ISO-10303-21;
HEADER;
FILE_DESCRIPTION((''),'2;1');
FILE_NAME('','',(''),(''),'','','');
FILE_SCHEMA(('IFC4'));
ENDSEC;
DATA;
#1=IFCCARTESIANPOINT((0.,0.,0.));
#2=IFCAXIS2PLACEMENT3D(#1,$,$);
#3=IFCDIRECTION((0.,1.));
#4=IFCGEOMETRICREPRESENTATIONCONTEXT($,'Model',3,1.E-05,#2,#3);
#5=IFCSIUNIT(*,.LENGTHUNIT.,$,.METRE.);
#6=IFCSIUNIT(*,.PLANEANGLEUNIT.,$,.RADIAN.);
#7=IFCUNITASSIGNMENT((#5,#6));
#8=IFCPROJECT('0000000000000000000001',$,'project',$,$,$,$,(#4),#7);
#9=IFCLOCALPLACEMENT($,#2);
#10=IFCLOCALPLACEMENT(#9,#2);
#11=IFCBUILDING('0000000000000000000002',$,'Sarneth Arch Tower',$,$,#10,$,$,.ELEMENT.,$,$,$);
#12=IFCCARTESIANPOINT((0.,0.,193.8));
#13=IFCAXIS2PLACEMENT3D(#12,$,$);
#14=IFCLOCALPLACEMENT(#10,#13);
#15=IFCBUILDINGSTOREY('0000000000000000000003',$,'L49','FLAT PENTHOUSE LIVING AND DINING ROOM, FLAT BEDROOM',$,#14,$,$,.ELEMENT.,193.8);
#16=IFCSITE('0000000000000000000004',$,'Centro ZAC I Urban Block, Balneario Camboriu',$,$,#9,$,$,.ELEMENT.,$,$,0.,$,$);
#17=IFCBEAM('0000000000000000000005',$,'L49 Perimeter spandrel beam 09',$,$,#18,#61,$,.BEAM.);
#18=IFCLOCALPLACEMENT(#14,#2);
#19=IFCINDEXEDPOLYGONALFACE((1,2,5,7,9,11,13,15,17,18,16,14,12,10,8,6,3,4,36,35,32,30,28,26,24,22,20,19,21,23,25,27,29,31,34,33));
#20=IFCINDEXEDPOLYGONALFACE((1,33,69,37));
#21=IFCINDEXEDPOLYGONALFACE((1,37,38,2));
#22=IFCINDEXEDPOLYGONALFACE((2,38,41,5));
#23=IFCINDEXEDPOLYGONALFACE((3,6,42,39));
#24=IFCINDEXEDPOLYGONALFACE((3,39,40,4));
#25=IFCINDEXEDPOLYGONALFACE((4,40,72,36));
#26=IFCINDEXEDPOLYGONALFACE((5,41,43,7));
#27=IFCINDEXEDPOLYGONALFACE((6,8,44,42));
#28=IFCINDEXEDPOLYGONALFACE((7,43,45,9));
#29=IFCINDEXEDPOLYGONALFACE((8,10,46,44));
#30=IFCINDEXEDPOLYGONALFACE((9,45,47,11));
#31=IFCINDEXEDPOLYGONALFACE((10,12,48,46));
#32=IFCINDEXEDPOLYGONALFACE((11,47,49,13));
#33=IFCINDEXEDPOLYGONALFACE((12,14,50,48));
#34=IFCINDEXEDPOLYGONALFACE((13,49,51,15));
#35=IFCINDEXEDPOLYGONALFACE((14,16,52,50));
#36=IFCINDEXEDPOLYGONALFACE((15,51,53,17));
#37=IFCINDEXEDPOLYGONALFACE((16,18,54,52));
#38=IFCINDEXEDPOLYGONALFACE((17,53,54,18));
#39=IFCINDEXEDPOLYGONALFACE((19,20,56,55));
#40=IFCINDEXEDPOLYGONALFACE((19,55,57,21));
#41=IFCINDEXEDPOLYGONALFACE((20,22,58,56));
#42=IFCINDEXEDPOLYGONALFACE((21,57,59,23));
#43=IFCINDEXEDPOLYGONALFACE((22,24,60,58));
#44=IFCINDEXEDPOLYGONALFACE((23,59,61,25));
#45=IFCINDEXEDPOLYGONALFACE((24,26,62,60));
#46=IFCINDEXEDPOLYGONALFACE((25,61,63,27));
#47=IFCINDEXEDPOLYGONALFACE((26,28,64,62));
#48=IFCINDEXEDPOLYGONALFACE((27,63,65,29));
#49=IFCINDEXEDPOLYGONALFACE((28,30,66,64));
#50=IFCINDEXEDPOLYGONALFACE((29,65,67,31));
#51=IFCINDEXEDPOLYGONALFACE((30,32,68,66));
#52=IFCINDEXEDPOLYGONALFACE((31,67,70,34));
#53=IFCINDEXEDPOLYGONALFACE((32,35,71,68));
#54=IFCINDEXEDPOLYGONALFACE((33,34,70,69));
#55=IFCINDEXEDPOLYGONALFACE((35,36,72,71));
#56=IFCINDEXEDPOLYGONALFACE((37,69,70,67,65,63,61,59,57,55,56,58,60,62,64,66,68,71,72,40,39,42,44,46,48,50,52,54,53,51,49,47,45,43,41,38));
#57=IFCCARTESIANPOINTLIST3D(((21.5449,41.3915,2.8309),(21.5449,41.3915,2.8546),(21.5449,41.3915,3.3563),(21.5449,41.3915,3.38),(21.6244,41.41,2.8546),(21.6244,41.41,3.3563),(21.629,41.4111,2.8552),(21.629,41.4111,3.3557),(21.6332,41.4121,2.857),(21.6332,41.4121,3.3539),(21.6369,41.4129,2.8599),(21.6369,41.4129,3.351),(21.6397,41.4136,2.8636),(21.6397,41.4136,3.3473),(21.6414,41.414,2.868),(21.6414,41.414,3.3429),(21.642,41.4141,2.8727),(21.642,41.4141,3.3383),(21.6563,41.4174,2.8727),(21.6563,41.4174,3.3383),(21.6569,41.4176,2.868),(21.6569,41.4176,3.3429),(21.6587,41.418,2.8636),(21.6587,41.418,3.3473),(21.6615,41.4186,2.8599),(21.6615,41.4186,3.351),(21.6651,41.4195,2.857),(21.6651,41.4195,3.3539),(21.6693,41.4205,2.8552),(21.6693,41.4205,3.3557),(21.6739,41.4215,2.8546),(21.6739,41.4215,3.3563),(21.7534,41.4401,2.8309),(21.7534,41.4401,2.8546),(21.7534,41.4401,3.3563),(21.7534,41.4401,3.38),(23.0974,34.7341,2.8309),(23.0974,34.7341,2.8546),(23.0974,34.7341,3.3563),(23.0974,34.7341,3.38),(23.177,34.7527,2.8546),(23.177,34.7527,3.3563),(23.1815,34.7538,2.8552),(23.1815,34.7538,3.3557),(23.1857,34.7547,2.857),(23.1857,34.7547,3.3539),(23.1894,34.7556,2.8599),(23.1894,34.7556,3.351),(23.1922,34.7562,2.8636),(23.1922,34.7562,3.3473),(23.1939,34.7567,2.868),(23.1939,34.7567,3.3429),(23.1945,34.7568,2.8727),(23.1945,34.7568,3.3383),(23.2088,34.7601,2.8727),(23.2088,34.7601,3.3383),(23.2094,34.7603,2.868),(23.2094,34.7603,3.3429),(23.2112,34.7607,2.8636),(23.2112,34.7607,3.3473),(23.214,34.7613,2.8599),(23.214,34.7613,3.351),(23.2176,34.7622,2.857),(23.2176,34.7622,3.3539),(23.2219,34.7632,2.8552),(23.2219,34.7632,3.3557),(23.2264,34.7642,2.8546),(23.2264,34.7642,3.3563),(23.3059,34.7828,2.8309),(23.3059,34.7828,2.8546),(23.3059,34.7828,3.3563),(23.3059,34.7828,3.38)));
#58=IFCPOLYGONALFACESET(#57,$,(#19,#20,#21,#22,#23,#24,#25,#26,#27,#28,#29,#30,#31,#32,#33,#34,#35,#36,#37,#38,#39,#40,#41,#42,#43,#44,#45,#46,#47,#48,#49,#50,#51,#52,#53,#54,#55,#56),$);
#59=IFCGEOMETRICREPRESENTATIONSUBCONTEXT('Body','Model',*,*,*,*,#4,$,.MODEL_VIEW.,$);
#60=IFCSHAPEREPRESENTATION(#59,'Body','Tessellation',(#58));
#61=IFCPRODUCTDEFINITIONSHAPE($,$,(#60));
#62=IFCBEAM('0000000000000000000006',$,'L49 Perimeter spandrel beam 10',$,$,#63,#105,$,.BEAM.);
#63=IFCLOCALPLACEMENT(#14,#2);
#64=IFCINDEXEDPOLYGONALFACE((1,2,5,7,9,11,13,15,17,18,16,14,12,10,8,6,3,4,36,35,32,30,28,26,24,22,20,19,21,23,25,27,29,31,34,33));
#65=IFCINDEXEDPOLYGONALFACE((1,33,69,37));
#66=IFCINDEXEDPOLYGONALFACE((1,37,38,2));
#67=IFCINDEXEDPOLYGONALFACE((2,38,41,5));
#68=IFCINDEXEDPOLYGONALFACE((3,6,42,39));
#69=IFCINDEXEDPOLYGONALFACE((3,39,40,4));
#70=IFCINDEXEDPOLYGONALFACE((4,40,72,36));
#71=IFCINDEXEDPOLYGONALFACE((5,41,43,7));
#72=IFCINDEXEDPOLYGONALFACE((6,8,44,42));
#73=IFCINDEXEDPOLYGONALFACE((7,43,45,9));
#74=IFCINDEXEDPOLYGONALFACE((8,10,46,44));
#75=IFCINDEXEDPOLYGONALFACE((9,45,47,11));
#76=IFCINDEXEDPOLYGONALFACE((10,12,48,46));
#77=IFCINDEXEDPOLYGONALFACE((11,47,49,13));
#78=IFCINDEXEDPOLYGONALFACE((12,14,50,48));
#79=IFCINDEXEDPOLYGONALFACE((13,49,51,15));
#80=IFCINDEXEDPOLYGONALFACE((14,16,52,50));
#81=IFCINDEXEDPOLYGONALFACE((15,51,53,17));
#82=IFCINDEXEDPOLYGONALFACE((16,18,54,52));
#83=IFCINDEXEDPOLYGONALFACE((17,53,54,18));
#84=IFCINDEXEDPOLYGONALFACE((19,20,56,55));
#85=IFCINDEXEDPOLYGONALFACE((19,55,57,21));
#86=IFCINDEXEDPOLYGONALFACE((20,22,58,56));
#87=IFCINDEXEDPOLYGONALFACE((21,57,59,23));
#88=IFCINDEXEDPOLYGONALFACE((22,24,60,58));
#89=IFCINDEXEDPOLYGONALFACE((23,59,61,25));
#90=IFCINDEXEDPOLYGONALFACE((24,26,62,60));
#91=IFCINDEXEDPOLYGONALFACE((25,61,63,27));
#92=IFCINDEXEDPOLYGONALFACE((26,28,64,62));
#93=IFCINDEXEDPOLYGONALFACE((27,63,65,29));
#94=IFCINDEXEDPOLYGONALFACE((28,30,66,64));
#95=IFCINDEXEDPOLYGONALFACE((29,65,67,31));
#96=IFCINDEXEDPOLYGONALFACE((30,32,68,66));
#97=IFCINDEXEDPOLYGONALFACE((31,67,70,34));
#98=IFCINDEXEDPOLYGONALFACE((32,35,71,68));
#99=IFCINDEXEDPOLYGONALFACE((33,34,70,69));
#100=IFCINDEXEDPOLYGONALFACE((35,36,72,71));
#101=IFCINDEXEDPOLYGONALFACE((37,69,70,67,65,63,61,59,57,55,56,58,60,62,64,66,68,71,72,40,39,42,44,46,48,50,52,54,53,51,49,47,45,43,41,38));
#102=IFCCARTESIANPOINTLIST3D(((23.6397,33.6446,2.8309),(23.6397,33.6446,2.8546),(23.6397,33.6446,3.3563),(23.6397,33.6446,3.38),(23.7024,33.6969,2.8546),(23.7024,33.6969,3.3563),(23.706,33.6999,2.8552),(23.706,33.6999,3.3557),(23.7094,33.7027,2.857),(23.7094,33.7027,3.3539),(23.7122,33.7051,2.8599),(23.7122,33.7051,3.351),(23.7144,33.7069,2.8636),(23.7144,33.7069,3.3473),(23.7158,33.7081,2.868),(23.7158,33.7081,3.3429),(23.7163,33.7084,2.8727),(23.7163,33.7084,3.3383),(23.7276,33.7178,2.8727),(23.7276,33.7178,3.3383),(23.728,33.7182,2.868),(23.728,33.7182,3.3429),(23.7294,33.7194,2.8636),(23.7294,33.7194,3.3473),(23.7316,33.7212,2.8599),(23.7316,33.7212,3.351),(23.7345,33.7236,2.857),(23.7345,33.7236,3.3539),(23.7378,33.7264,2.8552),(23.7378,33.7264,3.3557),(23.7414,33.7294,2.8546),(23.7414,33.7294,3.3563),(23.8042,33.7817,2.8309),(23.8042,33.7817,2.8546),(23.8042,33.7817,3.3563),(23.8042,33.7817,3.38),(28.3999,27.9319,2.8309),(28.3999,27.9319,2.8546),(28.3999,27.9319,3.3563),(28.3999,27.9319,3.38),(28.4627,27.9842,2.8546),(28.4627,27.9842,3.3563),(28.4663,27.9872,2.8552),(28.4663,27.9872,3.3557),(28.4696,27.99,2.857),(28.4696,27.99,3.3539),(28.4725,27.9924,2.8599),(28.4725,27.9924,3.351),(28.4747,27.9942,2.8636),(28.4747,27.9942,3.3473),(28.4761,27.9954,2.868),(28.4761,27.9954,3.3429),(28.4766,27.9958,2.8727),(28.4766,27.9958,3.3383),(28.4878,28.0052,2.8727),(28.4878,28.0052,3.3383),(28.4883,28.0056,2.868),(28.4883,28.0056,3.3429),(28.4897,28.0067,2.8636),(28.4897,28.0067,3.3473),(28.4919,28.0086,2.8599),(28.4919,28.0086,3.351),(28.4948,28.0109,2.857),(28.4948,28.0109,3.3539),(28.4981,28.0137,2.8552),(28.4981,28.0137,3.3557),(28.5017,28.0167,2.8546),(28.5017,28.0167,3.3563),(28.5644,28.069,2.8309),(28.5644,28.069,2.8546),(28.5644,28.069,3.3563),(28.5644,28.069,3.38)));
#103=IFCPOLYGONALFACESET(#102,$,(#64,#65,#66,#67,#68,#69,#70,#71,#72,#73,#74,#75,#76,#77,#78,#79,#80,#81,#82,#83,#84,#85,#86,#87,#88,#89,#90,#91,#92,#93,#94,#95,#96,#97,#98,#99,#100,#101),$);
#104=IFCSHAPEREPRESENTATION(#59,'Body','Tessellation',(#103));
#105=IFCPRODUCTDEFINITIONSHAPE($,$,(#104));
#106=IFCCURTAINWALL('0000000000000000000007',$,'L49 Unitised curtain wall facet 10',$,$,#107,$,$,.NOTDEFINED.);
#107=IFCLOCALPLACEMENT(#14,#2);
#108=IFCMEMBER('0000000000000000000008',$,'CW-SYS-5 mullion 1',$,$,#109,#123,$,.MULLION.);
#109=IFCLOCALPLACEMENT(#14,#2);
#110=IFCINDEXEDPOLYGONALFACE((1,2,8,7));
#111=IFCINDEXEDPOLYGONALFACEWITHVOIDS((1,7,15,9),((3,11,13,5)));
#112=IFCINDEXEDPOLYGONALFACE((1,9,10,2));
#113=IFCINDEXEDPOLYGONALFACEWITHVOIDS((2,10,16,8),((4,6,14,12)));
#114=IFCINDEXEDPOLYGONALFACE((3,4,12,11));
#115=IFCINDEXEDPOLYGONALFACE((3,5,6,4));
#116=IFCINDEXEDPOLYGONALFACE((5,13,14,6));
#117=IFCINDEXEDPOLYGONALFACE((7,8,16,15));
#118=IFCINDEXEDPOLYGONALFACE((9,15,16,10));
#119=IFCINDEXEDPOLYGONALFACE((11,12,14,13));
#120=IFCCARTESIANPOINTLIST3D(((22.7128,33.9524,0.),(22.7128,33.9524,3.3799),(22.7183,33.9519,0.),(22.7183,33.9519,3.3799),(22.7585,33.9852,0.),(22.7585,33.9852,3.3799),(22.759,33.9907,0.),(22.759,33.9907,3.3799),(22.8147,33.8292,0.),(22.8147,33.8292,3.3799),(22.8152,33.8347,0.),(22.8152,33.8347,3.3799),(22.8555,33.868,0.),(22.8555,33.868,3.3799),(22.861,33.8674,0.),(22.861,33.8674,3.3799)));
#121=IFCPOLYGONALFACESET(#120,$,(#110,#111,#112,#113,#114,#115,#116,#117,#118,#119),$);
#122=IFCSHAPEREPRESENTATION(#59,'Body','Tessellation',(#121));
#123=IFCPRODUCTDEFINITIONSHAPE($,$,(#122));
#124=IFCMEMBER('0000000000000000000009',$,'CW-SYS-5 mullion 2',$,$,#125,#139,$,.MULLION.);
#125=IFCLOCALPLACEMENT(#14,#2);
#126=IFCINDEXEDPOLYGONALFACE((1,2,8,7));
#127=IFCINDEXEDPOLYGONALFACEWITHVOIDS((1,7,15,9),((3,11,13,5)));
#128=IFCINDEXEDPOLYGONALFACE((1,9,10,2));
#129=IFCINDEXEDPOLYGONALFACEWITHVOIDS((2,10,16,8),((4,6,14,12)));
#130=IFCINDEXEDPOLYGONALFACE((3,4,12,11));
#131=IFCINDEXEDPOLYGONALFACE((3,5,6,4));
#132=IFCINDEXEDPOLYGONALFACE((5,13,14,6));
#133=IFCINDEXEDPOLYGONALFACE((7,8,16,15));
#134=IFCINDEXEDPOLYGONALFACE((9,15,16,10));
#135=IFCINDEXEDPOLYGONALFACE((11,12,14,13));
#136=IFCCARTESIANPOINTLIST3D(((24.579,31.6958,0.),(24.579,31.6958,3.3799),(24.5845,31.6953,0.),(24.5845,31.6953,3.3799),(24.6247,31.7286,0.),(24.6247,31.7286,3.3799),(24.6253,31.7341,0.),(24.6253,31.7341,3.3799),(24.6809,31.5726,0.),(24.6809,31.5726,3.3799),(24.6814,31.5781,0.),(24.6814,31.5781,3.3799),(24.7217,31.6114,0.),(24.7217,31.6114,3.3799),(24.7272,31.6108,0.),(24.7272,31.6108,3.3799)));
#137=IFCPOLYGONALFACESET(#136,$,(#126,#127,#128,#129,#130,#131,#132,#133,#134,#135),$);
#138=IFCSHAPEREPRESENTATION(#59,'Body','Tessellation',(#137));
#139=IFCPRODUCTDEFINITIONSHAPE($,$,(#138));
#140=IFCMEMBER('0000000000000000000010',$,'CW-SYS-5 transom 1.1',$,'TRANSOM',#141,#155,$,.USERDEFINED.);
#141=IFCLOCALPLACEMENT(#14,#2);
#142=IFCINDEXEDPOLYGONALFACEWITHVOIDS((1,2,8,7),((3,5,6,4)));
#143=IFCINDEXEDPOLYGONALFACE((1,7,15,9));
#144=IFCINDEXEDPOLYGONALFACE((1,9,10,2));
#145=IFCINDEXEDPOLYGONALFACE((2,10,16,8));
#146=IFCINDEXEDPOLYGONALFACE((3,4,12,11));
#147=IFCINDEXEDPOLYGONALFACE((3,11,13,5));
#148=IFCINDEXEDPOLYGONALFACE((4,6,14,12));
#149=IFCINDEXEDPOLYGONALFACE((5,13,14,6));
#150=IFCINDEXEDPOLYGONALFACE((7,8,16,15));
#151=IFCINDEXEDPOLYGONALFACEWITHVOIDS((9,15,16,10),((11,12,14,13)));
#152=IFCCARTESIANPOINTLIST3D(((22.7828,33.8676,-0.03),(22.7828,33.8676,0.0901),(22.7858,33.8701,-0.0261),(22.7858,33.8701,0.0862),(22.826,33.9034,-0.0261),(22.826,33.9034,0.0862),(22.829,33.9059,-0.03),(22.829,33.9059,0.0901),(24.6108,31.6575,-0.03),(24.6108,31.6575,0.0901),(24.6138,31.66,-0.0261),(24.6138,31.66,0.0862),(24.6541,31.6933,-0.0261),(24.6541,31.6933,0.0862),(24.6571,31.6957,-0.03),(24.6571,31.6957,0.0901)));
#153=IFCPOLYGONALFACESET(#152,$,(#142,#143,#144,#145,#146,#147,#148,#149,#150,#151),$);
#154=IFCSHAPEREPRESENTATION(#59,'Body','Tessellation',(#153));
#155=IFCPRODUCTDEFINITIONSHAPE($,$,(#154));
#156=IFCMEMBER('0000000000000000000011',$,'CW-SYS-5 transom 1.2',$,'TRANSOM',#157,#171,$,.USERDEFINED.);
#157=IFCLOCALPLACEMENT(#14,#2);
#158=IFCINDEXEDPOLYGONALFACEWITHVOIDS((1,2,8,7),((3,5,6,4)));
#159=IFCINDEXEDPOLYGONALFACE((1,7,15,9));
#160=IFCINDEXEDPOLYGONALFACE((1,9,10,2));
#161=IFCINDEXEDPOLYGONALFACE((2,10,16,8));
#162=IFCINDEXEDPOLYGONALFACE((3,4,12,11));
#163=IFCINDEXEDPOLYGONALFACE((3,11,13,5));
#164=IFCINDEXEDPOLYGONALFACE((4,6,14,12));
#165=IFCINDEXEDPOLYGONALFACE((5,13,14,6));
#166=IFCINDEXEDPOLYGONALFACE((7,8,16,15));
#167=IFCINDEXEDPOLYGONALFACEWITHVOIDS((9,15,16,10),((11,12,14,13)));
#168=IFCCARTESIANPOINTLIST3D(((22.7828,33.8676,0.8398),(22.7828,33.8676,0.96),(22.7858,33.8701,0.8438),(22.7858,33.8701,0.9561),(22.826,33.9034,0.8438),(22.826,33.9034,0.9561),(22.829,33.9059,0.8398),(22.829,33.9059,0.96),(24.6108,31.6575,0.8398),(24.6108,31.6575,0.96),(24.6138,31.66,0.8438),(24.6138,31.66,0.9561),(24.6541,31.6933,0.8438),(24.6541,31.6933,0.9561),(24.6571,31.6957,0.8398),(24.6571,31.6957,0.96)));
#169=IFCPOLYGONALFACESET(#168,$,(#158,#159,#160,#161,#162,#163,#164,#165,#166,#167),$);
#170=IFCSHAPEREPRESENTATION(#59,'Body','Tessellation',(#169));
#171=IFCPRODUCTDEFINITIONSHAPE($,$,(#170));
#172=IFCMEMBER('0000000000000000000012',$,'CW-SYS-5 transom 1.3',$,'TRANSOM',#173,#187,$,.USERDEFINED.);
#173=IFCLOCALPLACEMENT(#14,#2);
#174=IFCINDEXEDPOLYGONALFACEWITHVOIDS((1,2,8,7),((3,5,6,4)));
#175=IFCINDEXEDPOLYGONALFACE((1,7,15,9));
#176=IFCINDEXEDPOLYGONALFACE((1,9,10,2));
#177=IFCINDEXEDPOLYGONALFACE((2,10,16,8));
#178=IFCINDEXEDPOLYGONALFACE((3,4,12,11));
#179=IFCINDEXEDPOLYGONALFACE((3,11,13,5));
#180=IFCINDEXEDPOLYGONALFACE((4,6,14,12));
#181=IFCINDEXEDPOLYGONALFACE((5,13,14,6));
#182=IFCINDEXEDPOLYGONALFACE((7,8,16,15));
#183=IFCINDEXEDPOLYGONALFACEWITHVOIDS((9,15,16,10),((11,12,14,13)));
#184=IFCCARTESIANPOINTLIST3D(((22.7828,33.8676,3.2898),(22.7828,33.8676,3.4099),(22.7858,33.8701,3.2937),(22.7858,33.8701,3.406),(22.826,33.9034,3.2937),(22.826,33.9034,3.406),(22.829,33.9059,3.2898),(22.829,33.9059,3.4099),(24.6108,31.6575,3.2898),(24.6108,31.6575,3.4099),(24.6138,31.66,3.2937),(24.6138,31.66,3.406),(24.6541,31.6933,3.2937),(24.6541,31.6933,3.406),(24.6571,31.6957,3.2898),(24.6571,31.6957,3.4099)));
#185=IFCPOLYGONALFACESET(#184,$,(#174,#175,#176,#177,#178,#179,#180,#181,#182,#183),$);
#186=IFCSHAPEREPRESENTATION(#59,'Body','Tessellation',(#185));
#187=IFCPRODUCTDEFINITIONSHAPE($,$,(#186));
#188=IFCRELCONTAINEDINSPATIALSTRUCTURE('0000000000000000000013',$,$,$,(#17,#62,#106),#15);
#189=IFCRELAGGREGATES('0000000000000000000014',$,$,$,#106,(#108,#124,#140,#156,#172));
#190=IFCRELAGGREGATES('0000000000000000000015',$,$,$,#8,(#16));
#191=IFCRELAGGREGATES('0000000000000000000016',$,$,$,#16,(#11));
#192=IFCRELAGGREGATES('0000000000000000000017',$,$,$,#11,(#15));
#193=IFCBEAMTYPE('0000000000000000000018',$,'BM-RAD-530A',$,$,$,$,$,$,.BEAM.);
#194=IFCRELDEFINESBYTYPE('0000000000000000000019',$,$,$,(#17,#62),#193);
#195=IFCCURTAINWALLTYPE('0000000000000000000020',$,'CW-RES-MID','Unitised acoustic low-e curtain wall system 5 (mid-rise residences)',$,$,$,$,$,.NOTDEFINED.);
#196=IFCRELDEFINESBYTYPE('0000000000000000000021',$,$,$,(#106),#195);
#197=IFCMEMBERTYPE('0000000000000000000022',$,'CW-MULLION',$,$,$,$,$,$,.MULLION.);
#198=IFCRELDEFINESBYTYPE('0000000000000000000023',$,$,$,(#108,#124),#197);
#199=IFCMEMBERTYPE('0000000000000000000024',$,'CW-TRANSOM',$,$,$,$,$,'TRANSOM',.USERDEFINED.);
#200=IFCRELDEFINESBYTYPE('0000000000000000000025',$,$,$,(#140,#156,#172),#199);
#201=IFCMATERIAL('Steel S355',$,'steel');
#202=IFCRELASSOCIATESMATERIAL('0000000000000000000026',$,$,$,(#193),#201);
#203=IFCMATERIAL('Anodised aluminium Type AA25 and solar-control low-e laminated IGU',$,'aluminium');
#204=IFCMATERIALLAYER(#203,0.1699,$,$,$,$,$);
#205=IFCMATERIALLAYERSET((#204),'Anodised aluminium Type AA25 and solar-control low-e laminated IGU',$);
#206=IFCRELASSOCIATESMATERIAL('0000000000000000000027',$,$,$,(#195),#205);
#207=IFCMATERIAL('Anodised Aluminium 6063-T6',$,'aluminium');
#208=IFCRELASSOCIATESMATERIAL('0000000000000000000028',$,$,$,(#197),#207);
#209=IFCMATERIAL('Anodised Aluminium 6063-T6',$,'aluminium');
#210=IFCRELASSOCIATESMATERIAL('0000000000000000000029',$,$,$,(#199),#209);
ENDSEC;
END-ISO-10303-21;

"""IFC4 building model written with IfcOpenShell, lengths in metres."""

from ifc_helpers import new_model, si_unit, direction, frame, origin, origin_2d, place, context, subcontext, project, spatial, hollow_rectangle, i_section, extrude, material, layer, layer_set, material_profile, profile_set, type_object, element, aggregate, save


model = new_model("IFC4")

# Units and contexts
model_context = context("Model", 3, precision=1e-05, world=origin(), true_north=direction((0.0, 1.0)))
body_context = subcontext(model_context, "Body", "Model", "MODEL_VIEW")
ifc_project = project(units=[si_unit("LENGTHUNIT", "METRE"), si_unit("PLANEANGLEUNIT", "RADIAN")], contexts=[model_context])

# Site, building, storey
site_placement = place(None, origin())
site = spatial("IfcSite", under=ifc_project, at=site_placement, Name="Centro ZAC I Urban Block, Balneario Camboriu", CompositionType="ELEMENT", RefElevation=0.0)
building_placement = place(site_placement, origin())
building = spatial("IfcBuilding", under=site, at=building_placement, Name="Sarneth Arch Tower", CompositionType="ELEMENT")
storey_placement = place(building_placement, frame((0.0, 0.0, 193.8)))
storey = spatial("IfcBuildingStorey", under=building, at=storey_placement, Name="L49", Description="FLAT PENTHOUSE LIVING AND DINING ROOM, FLAT BEDROOM", CompositionType="ELEMENT", Elevation=193.8)

# Beams
ifc_material_1 = material(Name="Steel S355", Category="steel")
ifc_material_profile_1 = material_profile(ifc_material_1, i_section(OverallWidth=0.2141, OverallDepth=0.5491, WebThickness=0.0146, FlangeThickness=0.0237, FilletRadius=0.0181, at=origin_2d()), Name="W530x138")
ifc_profile_set_1 = profile_set([ifc_material_profile_1], Name="Steel S355")
beam_type_1 = type_object("IfcBeamType", Name="BM-RAD-530A", PredefinedType="BEAM", material=ifc_profile_set_1)
beam_1_placement = place(storey_placement, frame((21.6492, 41.4158, 3.1055), z_axis=(0.22711, -0.973869, 0.0), x_axis=(0.973869, 0.22711, 0.0)))
element("IfcBeam", 1, at=beam_1_placement, inside=storey, type_object=beam_type_1, Name="L49 Perimeter spandrel beam 09", PredefinedType="BEAM", context=body_context, shape_type="SweptSolid", body=[
    extrude(i_section(OverallWidth=0.2141, OverallDepth=0.5491, WebThickness=0.0146, FlangeThickness=0.0237, FilletRadius=0.0181, at=origin_2d()), origin(), (0.0, 0.0, 1.0), 6.8359),
])
beam_2_placement = place(storey_placement, frame((23.7219, 33.7131, 3.1055), z_axis=(0.640162, -0.76824, 0.0), x_axis=(0.76824, 0.640162, 0.0)))
element("IfcBeam", 2, at=beam_2_placement, inside=storey, type_object=beam_type_1, Name="L49 Perimeter spandrel beam 10", PredefinedType="BEAM", context=body_context, shape_type="SweptSolid", body=[
    extrude(i_section(OverallWidth=0.2141, OverallDepth=0.5491, WebThickness=0.0146, FlangeThickness=0.0237, FilletRadius=0.0181, at=origin_2d()), origin(), (0.0, 0.0, 1.0), 7.436),
])

# Curtain wall, members
ifc_material_2 = material(Name="Anodised aluminium Type AA25 and solar-control low-e laminated IGU", Category="aluminium")
ifc_layer_1 = layer(ifc_material_2, 0.1699)
ifc_layer_set_1 = layer_set([ifc_layer_1], Name="Anodised aluminium Type AA25 and solar-control low-e laminated IGU")
curtain_wall_type = type_object("IfcCurtainWallType", Name="CW-RES-MID", Description="Unitised acoustic low-e curtain wall system 5 (mid-rise residences)", PredefinedType="NOTDEFINED", material=ifc_layer_set_1)
curtain_wall_placement = place(storey_placement, origin())
curtain_wall = element("IfcCurtainWall", 3, at=curtain_wall_placement, inside=storey, type_object=curtain_wall_type, Name="L49 Unitised curtain wall facet 10", PredefinedType="NOTDEFINED")
ifc_material_3 = material(Name="Anodised Aluminium 6063-T6", Category="aluminium")
ifc_material_profile_2 = material_profile(ifc_material_3, hollow_rectangle(XDim=0.0601, YDim=0.1599, WallThickness=0.0039, at=origin_2d()), Name="AL-MULL-160x60x4")
ifc_profile_set_2 = profile_set([ifc_material_profile_2], Name="Anodised Aluminium 6063-T6")
member_type_1 = type_object("IfcMemberType", Name="CW-MULLION", PredefinedType="MULLION", material=ifc_profile_set_2)
member_1_placement = place(storey_placement, frame((22.7869, 33.9099, 0.0), z_axis=(0.0, 0.0, 1.0), x_axis=(0.770591, 0.63733, 0.0)))
member_1 = element("IfcMember", 4, at=member_1_placement, type_object=member_type_1, Name="CW-SYS-5 mullion 1", PredefinedType="MULLION", context=body_context, shape_type="SweptSolid", body=[
    extrude(hollow_rectangle(XDim=0.0601, YDim=0.1599, WallThickness=0.0039, at=origin_2d()), origin(), (0.0, 0.0, 1.0), 3.3799),
])
member_2_placement = place(storey_placement, frame((24.6531, 31.6533, 0.0), z_axis=(0.0, 0.0, 1.0), x_axis=(0.770591, 0.63733, 0.0)))
member_2 = element("IfcMember", 5, at=member_2_placement, type_object=member_type_1, Name="CW-SYS-5 mullion 2", PredefinedType="MULLION", context=body_context, shape_type="SweptSolid", body=[
    extrude(hollow_rectangle(XDim=0.0601, YDim=0.1599, WallThickness=0.0039, at=origin_2d()), origin(), (0.0, 0.0, 1.0), 3.3799),
])
ifc_material_4 = material(Name="Anodised Aluminium 6063-T6", Category="aluminium")
ifc_material_profile_3 = material_profile(ifc_material_4, hollow_rectangle(XDim=0.0601, YDim=0.1201, WallThickness=0.0039, at=origin_2d()), Name="AL-TRAN-120x60x4")
ifc_profile_set_3 = profile_set([ifc_material_profile_3], Name="Anodised Aluminium 6063-T6")
member_type_2 = type_object("IfcMemberType", Name="CW-TRANSOM", ElementType="TRANSOM", PredefinedType="USERDEFINED", material=ifc_profile_set_3)
member_3_placement = place(storey_placement, frame((22.8059, 33.8867, 0.03), z_axis=(0.637359, -0.770567, 0.0), x_axis=(0.770567, 0.637359, 0.0)))
member_3 = element("IfcMember", 6, at=member_3_placement, type_object=member_type_2, Name="CW-SYS-5 transom 1.1", ObjectType="TRANSOM", PredefinedType="USERDEFINED", context=body_context, shape_type="SweptSolid", body=[
    extrude(hollow_rectangle(XDim=0.0601, YDim=0.1201, WallThickness=0.0039, at=origin_2d()), origin(), (0.0, 0.0, 1.0), 2.8682),
])
member_4_placement = place(storey_placement, frame((22.8059, 33.8867, 0.8999), z_axis=(0.637359, -0.770567, 0.0), x_axis=(0.770567, 0.637359, 0.0)))
member_4 = element("IfcMember", 7, at=member_4_placement, type_object=member_type_2, Name="CW-SYS-5 transom 1.2", ObjectType="TRANSOM", PredefinedType="USERDEFINED", context=body_context, shape_type="SweptSolid", body=[
    extrude(hollow_rectangle(XDim=0.0601, YDim=0.1201, WallThickness=0.0039, at=origin_2d()), origin(), (0.0, 0.0, 1.0), 2.8682),
])
member_5_placement = place(storey_placement, frame((22.8059, 33.8867, 3.3499), z_axis=(0.637359, -0.770567, 0.0), x_axis=(0.770567, 0.637359, 0.0)))
member_5 = element("IfcMember", 8, at=member_5_placement, type_object=member_type_2, Name="CW-SYS-5 transom 1.3", ObjectType="TRANSOM", PredefinedType="USERDEFINED", context=body_context, shape_type="SweptSolid", body=[
    extrude(hollow_rectangle(XDim=0.0601, YDim=0.1201, WallThickness=0.0039, at=origin_2d()), origin(), (0.0, 0.0, 1.0), 2.8682),
])
aggregate(curtain_wall, [member_1, member_2, member_3, member_4, member_5])

save(model, "model.ifc")
